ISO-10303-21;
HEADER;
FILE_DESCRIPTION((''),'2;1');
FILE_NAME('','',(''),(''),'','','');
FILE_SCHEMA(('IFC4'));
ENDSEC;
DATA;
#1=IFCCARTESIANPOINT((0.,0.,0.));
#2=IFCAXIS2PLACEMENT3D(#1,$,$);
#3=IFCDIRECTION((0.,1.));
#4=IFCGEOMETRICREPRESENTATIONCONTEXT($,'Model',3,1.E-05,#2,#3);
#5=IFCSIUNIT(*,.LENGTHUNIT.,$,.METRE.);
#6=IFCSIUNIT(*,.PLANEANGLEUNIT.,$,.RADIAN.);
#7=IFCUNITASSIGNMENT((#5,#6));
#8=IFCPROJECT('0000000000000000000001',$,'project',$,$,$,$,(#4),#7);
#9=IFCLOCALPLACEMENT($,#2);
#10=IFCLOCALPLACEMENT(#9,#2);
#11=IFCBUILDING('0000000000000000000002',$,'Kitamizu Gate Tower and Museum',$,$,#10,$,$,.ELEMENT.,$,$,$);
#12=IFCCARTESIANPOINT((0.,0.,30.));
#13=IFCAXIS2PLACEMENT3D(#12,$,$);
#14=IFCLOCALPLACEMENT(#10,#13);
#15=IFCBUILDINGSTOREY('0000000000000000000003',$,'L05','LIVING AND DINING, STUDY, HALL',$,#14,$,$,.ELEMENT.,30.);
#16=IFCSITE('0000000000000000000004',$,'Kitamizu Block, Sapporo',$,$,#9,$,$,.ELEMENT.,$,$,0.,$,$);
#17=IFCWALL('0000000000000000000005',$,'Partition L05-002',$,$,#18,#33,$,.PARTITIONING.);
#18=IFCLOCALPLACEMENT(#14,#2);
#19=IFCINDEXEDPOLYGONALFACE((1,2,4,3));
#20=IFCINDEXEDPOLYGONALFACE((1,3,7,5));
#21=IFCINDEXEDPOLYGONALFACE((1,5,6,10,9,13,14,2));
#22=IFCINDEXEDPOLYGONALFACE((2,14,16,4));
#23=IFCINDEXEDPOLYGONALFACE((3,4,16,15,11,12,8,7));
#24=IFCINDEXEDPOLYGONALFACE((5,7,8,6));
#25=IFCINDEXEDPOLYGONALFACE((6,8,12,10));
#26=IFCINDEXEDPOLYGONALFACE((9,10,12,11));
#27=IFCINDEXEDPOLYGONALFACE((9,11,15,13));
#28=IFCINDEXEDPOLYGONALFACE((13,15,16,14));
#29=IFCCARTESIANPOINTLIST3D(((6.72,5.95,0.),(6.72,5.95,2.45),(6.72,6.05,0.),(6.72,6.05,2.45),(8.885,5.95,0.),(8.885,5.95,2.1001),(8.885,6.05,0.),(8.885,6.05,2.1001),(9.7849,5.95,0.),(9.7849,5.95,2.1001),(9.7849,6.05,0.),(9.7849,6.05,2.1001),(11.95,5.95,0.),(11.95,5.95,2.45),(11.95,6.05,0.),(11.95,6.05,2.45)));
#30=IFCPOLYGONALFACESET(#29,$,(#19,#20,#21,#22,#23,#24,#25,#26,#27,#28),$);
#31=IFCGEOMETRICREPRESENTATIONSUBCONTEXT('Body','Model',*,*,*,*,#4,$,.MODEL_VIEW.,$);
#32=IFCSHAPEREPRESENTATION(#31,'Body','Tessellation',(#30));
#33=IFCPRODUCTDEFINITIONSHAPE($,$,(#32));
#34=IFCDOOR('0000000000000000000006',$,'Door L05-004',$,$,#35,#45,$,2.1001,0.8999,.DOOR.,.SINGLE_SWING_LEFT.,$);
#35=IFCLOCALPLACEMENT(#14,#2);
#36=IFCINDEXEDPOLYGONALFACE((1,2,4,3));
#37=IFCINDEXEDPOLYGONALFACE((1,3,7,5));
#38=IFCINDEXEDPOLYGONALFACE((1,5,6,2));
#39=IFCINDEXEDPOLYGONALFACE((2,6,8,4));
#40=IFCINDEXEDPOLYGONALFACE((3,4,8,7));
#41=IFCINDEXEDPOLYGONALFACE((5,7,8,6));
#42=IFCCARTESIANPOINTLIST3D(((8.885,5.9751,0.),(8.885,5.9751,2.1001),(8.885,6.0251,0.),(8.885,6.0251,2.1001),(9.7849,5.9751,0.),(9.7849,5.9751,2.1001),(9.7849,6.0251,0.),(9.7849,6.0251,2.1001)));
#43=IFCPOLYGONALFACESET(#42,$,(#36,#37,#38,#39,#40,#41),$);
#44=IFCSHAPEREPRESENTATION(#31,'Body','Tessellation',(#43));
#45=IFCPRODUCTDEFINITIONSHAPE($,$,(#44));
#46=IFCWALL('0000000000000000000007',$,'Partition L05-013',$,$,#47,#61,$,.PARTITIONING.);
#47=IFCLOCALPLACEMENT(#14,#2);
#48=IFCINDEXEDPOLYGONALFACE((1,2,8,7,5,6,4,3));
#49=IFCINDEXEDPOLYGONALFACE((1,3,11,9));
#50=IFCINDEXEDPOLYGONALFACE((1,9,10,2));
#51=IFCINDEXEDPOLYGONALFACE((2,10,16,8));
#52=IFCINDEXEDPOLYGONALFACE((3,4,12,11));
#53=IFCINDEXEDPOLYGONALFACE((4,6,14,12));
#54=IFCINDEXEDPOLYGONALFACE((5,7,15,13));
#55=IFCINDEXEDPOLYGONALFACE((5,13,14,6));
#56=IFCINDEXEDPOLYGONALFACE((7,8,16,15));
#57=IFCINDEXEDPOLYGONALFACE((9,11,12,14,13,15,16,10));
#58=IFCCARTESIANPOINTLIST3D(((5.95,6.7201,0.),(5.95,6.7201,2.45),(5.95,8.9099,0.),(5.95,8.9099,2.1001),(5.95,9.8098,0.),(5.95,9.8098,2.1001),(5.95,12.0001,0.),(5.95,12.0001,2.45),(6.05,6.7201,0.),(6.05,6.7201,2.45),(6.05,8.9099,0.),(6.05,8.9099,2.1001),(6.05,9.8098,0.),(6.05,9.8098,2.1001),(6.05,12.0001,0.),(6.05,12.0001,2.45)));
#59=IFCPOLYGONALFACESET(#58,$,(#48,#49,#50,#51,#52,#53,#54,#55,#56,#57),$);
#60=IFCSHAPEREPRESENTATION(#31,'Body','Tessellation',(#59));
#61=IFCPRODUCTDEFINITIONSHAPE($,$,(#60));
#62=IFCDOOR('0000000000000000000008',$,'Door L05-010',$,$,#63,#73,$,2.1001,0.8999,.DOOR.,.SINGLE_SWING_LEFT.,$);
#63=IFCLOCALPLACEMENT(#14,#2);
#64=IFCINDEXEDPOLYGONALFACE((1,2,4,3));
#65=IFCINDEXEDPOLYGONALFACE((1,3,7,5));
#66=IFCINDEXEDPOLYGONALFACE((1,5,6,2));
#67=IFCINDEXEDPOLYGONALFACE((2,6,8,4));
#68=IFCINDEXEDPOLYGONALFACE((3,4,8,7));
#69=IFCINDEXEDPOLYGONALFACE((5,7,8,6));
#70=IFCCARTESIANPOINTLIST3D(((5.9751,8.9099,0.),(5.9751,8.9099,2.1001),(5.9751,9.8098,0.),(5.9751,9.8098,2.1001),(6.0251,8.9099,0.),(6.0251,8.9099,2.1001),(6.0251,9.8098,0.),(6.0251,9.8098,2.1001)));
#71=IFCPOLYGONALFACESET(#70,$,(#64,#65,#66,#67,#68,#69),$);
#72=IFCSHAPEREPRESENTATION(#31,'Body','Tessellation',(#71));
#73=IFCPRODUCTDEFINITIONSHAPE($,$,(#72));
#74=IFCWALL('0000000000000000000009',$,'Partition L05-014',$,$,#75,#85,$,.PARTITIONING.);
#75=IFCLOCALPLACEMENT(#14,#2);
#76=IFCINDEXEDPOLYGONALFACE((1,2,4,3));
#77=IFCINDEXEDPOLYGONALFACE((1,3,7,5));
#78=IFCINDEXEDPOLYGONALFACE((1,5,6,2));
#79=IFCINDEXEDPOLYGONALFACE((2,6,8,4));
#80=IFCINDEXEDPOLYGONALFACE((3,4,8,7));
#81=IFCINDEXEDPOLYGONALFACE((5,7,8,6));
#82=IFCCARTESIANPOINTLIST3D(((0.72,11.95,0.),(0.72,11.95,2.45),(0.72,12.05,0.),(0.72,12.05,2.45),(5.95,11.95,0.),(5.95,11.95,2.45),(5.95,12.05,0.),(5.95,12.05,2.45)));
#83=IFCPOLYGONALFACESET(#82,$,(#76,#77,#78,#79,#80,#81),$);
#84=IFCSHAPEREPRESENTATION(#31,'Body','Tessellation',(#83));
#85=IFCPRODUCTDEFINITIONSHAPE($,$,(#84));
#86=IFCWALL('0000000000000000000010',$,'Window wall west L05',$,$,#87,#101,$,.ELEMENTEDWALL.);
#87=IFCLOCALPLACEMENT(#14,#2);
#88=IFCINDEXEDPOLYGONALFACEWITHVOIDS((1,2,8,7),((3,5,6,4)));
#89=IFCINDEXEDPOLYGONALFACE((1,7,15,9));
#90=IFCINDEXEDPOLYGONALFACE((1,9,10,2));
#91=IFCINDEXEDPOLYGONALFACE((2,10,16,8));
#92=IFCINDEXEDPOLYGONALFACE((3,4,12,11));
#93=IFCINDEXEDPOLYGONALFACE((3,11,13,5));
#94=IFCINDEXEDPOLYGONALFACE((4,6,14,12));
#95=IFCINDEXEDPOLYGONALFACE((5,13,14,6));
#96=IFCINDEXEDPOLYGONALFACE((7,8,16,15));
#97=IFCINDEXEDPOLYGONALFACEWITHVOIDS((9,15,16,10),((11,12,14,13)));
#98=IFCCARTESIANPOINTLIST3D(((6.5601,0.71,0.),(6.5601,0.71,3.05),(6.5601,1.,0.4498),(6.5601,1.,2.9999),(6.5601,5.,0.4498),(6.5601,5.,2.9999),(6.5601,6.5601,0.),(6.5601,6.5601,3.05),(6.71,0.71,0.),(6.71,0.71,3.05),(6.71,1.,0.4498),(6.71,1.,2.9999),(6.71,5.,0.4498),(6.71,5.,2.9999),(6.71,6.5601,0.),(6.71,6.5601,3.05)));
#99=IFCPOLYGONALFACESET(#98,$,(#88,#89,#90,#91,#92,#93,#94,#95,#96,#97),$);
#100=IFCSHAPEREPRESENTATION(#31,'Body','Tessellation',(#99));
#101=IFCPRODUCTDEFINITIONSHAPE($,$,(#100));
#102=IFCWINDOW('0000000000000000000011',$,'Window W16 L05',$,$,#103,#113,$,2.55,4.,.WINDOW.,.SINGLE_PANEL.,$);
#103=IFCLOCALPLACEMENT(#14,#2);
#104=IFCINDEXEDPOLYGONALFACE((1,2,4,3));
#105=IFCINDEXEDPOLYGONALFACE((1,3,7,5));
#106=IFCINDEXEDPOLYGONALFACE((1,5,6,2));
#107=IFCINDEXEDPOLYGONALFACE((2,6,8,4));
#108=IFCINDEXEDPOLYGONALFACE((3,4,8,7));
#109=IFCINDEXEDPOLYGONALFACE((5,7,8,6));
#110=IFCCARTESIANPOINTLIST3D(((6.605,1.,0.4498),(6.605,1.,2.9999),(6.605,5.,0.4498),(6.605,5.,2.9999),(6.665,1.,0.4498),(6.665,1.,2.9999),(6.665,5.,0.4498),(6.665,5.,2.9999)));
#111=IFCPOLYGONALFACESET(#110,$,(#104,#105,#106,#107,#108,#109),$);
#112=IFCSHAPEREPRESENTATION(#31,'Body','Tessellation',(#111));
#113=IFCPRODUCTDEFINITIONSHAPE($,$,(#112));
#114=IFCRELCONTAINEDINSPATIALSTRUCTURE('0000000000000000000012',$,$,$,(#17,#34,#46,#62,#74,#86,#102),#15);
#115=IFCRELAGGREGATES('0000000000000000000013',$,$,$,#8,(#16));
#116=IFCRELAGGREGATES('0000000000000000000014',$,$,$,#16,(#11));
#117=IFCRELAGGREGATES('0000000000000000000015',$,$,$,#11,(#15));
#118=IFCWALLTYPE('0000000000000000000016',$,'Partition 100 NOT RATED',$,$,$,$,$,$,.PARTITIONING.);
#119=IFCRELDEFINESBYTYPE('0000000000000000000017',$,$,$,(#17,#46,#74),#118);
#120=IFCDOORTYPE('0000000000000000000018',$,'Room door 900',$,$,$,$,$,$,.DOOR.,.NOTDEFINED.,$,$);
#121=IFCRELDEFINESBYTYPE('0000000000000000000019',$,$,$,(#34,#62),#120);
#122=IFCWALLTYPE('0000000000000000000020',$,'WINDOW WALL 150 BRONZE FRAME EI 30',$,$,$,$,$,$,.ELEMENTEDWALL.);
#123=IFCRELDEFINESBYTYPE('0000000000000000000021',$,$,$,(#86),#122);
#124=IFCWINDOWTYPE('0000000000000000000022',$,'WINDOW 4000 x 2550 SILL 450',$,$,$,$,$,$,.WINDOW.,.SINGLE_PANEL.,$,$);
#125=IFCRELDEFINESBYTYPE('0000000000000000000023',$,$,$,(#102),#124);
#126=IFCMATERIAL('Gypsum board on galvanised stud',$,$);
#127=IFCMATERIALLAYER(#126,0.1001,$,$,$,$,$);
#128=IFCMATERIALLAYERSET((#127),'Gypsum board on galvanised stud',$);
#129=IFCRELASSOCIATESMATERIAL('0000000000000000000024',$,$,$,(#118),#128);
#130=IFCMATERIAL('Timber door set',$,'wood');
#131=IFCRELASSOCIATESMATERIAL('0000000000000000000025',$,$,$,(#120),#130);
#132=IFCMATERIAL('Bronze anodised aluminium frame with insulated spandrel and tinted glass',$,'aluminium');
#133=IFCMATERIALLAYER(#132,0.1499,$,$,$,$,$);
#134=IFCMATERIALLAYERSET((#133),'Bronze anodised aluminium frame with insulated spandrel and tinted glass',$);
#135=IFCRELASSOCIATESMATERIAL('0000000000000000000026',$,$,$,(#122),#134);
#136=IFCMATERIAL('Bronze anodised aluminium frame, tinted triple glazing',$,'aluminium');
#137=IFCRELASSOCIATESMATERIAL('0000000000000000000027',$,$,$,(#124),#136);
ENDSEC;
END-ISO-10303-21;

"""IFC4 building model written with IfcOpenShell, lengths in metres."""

from ifc_helpers import new_model, si_unit, direction, frame, frame_2d, origin, place, context, subcontext, project, spatial, rectangle, extrude, material, layer, layer_set, type_object, element, fill, save


model = new_model("IFC4")

# Units and contexts
model_context = context("Model", 3, precision=1e-05, world=origin(), true_north=direction((0.0, 1.0)))
body_context = subcontext(model_context, "Body", "Model", "MODEL_VIEW")
ifc_project = project(units=[si_unit("LENGTHUNIT", "METRE"), si_unit("PLANEANGLEUNIT", "RADIAN")], contexts=[model_context])

# Site, building, storey
site_placement = place(None, origin())
site = spatial("IfcSite", under=ifc_project, at=site_placement, Name="Kitamizu Block, Sapporo", CompositionType="ELEMENT", RefElevation=0.0)
building_placement = place(site_placement, origin())
building = spatial("IfcBuilding", under=site, at=building_placement, Name="Kitamizu Gate Tower and Museum", CompositionType="ELEMENT")
storey_placement = place(building_placement, frame((0.0, 0.0, 30.0)))
storey = spatial("IfcBuildingStorey", under=building, at=storey_placement, Name="L05", Description="LIVING AND DINING, STUDY, HALL", CompositionType="ELEMENT", Elevation=30.0)

# Shared definitions
ifc_material_1 = material(Name="Gypsum board on galvanised stud")
ifc_layer_1 = layer(ifc_material_1, 0.1001)
ifc_layer_set_1 = layer_set([ifc_layer_1], Name="Gypsum board on galvanised stud")
wall_type_1 = type_object("IfcWallType", Name="Partition 100 NOT RATED", PredefinedType="PARTITIONING", material=ifc_layer_set_1)

# Walls, openings, doors
wall_1_placement = place(storey_placement, frame((11.95, 6.0, 0.0), z_axis=(0.0, 0.0, 1.0), x_axis=(-1.0, 0.0, 0.0)))
wall_1 = element("IfcWall", 1, at=wall_1_placement, inside=storey, type_object=wall_type_1, Name="Partition L05-002", PredefinedType="PARTITIONING", context=body_context, shape_type="SweptSolid", body=[
    extrude(rectangle(XDim=5.23, YDim=0.1001, at=frame_2d((2.615, 0.0))), origin(), (0.0, 0.0, 1.0), 2.45),
])
opening_1_placement = place(wall_1_placement, frame((2.165, 0.0, 0.0)))
opening_1 = element("IfcOpeningElement", 2, at=opening_1_placement, cuts=wall_1, PredefinedType="OPENING", context=body_context, shape_type="SweptSolid", body=[
    extrude(rectangle(XDim=0.8999, YDim=2.1001, at=frame_2d((0.45, 1.05))), frame((0.0, 0.0601, 0.0), z_axis=(0.0, -1.0, 0.0), x_axis=(1.0, 0.0, 0.0)), (0.0, 0.0, 1.0), 0.1201),
])
ifc_material_2 = material(Name="Timber door set", Category="wood")
door_type = type_object("IfcDoorType", Name="Room door 900", OperationType="NOTDEFINED", PredefinedType="DOOR", material=ifc_material_2)
door_1_placement = place(opening_1_placement, origin())
door_1 = element("IfcDoor", 3, at=door_1_placement, inside=storey, type_object=door_type, Name="Door L05-004", OperationType="SINGLE_SWING_LEFT", OverallHeight=2.1001, OverallWidth=0.8999, PredefinedType="DOOR", context=body_context, shape_type="SweptSolid", body=[
    extrude(rectangle(XDim=0.8999, YDim=2.1001, at=frame_2d((0.45, 1.05))), frame((0.0, 0.0249, 0.0), z_axis=(0.0, -1.0, 0.0), x_axis=(1.0, 0.0, 0.0)), (0.0, 0.0, 1.0), 0.05),
])
fill(opening_1, door_1)
wall_2_placement = place(storey_placement, frame((6.0, 6.72, 0.0), z_axis=(0.0, 0.0, 1.0), x_axis=(0.0, 1.0, 0.0)))
wall_2 = element("IfcWall", 4, at=wall_2_placement, inside=storey, type_object=wall_type_1, Name="Partition L05-013", PredefinedType="PARTITIONING", context=body_context, shape_type="SweptSolid", body=[
    extrude(rectangle(XDim=5.28, YDim=0.1001, at=frame_2d((2.6401, 0.0))), origin(), (0.0, 0.0, 1.0), 2.45),
])
opening_2_placement = place(wall_2_placement, frame((2.1899, 0.0, 0.0)))
opening_2 = element("IfcOpeningElement", 5, at=opening_2_placement, cuts=wall_2, PredefinedType="OPENING", context=body_context, shape_type="SweptSolid", body=[
    extrude(rectangle(XDim=0.8999, YDim=2.1001, at=frame_2d((0.45, 1.05))), frame((0.0, 0.0601, 0.0), z_axis=(0.0, -1.0, 0.0), x_axis=(1.0, 0.0, 0.0)), (0.0, 0.0, 1.0), 0.1201),
])
door_2_placement = place(opening_2_placement, origin())
door_2 = element("IfcDoor", 6, at=door_2_placement, inside=storey, type_object=door_type, Name="Door L05-010", OperationType="SINGLE_SWING_LEFT", OverallHeight=2.1001, OverallWidth=0.8999, PredefinedType="DOOR", context=body_context, shape_type="SweptSolid", body=[
    extrude(rectangle(XDim=0.8999, YDim=2.1001, at=frame_2d((0.45, 1.05))), frame((0.0, 0.0249, 0.0), z_axis=(0.0, -1.0, 0.0), x_axis=(1.0, 0.0, 0.0)), (0.0, 0.0, 1.0), 0.05),
])
fill(opening_2, door_2)

# Wall
wall_3_placement = place(storey_placement, frame((5.95, 12.0, 0.0), z_axis=(0.0, 0.0, 1.0), x_axis=(-1.0, 0.0, 0.0)))
element("IfcWall", 7, at=wall_3_placement, inside=storey, type_object=wall_type_1, Name="Partition L05-014", PredefinedType="PARTITIONING", context=body_context, shape_type="SweptSolid", body=[
    extrude(rectangle(XDim=5.23, YDim=0.1001, at=frame_2d((2.615, 0.0))), origin(), (0.0, 0.0, 1.0), 2.45),
])

# Shared definitions
ifc_material_3 = material(Name="Bronze anodised aluminium frame with insulated spandrel and tinted glass", Category="aluminium")
ifc_layer_2 = layer(ifc_material_3, 0.1499)
ifc_layer_set_2 = layer_set([ifc_layer_2], Name="Bronze anodised aluminium frame with insulated spandrel and tinted glass")
wall_type_2 = type_object("IfcWallType", Name="WINDOW WALL 150 BRONZE FRAME EI 30", PredefinedType="ELEMENTEDWALL", material=ifc_layer_set_2)

# Wall, opening, window
wall_4_placement = place(storey_placement, frame((6.635, 0.71, 0.0), z_axis=(0.0, 0.0, 1.0), x_axis=(0.0, 1.0, 0.0)))
wall_4 = element("IfcWall", 8, at=wall_4_placement, inside=storey, type_object=wall_type_2, Name="Window wall west L05", PredefinedType="ELEMENTEDWALL", context=body_context, shape_type="SweptSolid", body=[
    extrude(rectangle(XDim=5.8501, YDim=0.1499, at=frame_2d((2.925, 0.0))), origin(), (0.0, 0.0, 1.0), 3.05),
])
opening_3_placement = place(wall_4_placement, frame((0.29, 0.0, 0.45)))
opening_3 = element("IfcOpeningElement", 9, at=opening_3_placement, cuts=wall_4, PredefinedType="OPENING", context=body_context, shape_type="SweptSolid", body=[
    extrude(rectangle(XDim=4.0, YDim=2.55, at=frame_2d((2.0, 1.2749))), frame((0.0, 0.085, 0.0), z_axis=(0.0, -1.0, 0.0), x_axis=(1.0, 0.0, 0.0)), (0.0, 0.0, 1.0), 0.1699),
])
ifc_material_4 = material(Name="Bronze anodised aluminium frame, tinted triple glazing", Category="aluminium")
window_type_1 = type_object("IfcWindowType", Name="WINDOW 4000 x 2550 SILL 450", PartitioningType="SINGLE_PANEL", PredefinedType="WINDOW", material=ifc_material_4)
window_1_placement = place(opening_3_placement, origin())
window_1 = element("IfcWindow", 10, at=window_1_placement, inside=storey, type_object=window_type_1, Name="Window W16 L05", OverallHeight=2.55, OverallWidth=4.0, PartitioningType="SINGLE_PANEL", PredefinedType="WINDOW", context=body_context, shape_type="SweptSolid", body=[
    extrude(rectangle(XDim=4.0, YDim=2.55, at=frame_2d((2.0, 1.2749))), frame((0.0, 0.03, 0.0), z_axis=(0.0, -1.0, 0.0), x_axis=(1.0, 0.0, 0.0)), (0.0, 0.0, 1.0), 0.0601),
])
fill(opening_3, window_1)

save(model, "model.ifc")
